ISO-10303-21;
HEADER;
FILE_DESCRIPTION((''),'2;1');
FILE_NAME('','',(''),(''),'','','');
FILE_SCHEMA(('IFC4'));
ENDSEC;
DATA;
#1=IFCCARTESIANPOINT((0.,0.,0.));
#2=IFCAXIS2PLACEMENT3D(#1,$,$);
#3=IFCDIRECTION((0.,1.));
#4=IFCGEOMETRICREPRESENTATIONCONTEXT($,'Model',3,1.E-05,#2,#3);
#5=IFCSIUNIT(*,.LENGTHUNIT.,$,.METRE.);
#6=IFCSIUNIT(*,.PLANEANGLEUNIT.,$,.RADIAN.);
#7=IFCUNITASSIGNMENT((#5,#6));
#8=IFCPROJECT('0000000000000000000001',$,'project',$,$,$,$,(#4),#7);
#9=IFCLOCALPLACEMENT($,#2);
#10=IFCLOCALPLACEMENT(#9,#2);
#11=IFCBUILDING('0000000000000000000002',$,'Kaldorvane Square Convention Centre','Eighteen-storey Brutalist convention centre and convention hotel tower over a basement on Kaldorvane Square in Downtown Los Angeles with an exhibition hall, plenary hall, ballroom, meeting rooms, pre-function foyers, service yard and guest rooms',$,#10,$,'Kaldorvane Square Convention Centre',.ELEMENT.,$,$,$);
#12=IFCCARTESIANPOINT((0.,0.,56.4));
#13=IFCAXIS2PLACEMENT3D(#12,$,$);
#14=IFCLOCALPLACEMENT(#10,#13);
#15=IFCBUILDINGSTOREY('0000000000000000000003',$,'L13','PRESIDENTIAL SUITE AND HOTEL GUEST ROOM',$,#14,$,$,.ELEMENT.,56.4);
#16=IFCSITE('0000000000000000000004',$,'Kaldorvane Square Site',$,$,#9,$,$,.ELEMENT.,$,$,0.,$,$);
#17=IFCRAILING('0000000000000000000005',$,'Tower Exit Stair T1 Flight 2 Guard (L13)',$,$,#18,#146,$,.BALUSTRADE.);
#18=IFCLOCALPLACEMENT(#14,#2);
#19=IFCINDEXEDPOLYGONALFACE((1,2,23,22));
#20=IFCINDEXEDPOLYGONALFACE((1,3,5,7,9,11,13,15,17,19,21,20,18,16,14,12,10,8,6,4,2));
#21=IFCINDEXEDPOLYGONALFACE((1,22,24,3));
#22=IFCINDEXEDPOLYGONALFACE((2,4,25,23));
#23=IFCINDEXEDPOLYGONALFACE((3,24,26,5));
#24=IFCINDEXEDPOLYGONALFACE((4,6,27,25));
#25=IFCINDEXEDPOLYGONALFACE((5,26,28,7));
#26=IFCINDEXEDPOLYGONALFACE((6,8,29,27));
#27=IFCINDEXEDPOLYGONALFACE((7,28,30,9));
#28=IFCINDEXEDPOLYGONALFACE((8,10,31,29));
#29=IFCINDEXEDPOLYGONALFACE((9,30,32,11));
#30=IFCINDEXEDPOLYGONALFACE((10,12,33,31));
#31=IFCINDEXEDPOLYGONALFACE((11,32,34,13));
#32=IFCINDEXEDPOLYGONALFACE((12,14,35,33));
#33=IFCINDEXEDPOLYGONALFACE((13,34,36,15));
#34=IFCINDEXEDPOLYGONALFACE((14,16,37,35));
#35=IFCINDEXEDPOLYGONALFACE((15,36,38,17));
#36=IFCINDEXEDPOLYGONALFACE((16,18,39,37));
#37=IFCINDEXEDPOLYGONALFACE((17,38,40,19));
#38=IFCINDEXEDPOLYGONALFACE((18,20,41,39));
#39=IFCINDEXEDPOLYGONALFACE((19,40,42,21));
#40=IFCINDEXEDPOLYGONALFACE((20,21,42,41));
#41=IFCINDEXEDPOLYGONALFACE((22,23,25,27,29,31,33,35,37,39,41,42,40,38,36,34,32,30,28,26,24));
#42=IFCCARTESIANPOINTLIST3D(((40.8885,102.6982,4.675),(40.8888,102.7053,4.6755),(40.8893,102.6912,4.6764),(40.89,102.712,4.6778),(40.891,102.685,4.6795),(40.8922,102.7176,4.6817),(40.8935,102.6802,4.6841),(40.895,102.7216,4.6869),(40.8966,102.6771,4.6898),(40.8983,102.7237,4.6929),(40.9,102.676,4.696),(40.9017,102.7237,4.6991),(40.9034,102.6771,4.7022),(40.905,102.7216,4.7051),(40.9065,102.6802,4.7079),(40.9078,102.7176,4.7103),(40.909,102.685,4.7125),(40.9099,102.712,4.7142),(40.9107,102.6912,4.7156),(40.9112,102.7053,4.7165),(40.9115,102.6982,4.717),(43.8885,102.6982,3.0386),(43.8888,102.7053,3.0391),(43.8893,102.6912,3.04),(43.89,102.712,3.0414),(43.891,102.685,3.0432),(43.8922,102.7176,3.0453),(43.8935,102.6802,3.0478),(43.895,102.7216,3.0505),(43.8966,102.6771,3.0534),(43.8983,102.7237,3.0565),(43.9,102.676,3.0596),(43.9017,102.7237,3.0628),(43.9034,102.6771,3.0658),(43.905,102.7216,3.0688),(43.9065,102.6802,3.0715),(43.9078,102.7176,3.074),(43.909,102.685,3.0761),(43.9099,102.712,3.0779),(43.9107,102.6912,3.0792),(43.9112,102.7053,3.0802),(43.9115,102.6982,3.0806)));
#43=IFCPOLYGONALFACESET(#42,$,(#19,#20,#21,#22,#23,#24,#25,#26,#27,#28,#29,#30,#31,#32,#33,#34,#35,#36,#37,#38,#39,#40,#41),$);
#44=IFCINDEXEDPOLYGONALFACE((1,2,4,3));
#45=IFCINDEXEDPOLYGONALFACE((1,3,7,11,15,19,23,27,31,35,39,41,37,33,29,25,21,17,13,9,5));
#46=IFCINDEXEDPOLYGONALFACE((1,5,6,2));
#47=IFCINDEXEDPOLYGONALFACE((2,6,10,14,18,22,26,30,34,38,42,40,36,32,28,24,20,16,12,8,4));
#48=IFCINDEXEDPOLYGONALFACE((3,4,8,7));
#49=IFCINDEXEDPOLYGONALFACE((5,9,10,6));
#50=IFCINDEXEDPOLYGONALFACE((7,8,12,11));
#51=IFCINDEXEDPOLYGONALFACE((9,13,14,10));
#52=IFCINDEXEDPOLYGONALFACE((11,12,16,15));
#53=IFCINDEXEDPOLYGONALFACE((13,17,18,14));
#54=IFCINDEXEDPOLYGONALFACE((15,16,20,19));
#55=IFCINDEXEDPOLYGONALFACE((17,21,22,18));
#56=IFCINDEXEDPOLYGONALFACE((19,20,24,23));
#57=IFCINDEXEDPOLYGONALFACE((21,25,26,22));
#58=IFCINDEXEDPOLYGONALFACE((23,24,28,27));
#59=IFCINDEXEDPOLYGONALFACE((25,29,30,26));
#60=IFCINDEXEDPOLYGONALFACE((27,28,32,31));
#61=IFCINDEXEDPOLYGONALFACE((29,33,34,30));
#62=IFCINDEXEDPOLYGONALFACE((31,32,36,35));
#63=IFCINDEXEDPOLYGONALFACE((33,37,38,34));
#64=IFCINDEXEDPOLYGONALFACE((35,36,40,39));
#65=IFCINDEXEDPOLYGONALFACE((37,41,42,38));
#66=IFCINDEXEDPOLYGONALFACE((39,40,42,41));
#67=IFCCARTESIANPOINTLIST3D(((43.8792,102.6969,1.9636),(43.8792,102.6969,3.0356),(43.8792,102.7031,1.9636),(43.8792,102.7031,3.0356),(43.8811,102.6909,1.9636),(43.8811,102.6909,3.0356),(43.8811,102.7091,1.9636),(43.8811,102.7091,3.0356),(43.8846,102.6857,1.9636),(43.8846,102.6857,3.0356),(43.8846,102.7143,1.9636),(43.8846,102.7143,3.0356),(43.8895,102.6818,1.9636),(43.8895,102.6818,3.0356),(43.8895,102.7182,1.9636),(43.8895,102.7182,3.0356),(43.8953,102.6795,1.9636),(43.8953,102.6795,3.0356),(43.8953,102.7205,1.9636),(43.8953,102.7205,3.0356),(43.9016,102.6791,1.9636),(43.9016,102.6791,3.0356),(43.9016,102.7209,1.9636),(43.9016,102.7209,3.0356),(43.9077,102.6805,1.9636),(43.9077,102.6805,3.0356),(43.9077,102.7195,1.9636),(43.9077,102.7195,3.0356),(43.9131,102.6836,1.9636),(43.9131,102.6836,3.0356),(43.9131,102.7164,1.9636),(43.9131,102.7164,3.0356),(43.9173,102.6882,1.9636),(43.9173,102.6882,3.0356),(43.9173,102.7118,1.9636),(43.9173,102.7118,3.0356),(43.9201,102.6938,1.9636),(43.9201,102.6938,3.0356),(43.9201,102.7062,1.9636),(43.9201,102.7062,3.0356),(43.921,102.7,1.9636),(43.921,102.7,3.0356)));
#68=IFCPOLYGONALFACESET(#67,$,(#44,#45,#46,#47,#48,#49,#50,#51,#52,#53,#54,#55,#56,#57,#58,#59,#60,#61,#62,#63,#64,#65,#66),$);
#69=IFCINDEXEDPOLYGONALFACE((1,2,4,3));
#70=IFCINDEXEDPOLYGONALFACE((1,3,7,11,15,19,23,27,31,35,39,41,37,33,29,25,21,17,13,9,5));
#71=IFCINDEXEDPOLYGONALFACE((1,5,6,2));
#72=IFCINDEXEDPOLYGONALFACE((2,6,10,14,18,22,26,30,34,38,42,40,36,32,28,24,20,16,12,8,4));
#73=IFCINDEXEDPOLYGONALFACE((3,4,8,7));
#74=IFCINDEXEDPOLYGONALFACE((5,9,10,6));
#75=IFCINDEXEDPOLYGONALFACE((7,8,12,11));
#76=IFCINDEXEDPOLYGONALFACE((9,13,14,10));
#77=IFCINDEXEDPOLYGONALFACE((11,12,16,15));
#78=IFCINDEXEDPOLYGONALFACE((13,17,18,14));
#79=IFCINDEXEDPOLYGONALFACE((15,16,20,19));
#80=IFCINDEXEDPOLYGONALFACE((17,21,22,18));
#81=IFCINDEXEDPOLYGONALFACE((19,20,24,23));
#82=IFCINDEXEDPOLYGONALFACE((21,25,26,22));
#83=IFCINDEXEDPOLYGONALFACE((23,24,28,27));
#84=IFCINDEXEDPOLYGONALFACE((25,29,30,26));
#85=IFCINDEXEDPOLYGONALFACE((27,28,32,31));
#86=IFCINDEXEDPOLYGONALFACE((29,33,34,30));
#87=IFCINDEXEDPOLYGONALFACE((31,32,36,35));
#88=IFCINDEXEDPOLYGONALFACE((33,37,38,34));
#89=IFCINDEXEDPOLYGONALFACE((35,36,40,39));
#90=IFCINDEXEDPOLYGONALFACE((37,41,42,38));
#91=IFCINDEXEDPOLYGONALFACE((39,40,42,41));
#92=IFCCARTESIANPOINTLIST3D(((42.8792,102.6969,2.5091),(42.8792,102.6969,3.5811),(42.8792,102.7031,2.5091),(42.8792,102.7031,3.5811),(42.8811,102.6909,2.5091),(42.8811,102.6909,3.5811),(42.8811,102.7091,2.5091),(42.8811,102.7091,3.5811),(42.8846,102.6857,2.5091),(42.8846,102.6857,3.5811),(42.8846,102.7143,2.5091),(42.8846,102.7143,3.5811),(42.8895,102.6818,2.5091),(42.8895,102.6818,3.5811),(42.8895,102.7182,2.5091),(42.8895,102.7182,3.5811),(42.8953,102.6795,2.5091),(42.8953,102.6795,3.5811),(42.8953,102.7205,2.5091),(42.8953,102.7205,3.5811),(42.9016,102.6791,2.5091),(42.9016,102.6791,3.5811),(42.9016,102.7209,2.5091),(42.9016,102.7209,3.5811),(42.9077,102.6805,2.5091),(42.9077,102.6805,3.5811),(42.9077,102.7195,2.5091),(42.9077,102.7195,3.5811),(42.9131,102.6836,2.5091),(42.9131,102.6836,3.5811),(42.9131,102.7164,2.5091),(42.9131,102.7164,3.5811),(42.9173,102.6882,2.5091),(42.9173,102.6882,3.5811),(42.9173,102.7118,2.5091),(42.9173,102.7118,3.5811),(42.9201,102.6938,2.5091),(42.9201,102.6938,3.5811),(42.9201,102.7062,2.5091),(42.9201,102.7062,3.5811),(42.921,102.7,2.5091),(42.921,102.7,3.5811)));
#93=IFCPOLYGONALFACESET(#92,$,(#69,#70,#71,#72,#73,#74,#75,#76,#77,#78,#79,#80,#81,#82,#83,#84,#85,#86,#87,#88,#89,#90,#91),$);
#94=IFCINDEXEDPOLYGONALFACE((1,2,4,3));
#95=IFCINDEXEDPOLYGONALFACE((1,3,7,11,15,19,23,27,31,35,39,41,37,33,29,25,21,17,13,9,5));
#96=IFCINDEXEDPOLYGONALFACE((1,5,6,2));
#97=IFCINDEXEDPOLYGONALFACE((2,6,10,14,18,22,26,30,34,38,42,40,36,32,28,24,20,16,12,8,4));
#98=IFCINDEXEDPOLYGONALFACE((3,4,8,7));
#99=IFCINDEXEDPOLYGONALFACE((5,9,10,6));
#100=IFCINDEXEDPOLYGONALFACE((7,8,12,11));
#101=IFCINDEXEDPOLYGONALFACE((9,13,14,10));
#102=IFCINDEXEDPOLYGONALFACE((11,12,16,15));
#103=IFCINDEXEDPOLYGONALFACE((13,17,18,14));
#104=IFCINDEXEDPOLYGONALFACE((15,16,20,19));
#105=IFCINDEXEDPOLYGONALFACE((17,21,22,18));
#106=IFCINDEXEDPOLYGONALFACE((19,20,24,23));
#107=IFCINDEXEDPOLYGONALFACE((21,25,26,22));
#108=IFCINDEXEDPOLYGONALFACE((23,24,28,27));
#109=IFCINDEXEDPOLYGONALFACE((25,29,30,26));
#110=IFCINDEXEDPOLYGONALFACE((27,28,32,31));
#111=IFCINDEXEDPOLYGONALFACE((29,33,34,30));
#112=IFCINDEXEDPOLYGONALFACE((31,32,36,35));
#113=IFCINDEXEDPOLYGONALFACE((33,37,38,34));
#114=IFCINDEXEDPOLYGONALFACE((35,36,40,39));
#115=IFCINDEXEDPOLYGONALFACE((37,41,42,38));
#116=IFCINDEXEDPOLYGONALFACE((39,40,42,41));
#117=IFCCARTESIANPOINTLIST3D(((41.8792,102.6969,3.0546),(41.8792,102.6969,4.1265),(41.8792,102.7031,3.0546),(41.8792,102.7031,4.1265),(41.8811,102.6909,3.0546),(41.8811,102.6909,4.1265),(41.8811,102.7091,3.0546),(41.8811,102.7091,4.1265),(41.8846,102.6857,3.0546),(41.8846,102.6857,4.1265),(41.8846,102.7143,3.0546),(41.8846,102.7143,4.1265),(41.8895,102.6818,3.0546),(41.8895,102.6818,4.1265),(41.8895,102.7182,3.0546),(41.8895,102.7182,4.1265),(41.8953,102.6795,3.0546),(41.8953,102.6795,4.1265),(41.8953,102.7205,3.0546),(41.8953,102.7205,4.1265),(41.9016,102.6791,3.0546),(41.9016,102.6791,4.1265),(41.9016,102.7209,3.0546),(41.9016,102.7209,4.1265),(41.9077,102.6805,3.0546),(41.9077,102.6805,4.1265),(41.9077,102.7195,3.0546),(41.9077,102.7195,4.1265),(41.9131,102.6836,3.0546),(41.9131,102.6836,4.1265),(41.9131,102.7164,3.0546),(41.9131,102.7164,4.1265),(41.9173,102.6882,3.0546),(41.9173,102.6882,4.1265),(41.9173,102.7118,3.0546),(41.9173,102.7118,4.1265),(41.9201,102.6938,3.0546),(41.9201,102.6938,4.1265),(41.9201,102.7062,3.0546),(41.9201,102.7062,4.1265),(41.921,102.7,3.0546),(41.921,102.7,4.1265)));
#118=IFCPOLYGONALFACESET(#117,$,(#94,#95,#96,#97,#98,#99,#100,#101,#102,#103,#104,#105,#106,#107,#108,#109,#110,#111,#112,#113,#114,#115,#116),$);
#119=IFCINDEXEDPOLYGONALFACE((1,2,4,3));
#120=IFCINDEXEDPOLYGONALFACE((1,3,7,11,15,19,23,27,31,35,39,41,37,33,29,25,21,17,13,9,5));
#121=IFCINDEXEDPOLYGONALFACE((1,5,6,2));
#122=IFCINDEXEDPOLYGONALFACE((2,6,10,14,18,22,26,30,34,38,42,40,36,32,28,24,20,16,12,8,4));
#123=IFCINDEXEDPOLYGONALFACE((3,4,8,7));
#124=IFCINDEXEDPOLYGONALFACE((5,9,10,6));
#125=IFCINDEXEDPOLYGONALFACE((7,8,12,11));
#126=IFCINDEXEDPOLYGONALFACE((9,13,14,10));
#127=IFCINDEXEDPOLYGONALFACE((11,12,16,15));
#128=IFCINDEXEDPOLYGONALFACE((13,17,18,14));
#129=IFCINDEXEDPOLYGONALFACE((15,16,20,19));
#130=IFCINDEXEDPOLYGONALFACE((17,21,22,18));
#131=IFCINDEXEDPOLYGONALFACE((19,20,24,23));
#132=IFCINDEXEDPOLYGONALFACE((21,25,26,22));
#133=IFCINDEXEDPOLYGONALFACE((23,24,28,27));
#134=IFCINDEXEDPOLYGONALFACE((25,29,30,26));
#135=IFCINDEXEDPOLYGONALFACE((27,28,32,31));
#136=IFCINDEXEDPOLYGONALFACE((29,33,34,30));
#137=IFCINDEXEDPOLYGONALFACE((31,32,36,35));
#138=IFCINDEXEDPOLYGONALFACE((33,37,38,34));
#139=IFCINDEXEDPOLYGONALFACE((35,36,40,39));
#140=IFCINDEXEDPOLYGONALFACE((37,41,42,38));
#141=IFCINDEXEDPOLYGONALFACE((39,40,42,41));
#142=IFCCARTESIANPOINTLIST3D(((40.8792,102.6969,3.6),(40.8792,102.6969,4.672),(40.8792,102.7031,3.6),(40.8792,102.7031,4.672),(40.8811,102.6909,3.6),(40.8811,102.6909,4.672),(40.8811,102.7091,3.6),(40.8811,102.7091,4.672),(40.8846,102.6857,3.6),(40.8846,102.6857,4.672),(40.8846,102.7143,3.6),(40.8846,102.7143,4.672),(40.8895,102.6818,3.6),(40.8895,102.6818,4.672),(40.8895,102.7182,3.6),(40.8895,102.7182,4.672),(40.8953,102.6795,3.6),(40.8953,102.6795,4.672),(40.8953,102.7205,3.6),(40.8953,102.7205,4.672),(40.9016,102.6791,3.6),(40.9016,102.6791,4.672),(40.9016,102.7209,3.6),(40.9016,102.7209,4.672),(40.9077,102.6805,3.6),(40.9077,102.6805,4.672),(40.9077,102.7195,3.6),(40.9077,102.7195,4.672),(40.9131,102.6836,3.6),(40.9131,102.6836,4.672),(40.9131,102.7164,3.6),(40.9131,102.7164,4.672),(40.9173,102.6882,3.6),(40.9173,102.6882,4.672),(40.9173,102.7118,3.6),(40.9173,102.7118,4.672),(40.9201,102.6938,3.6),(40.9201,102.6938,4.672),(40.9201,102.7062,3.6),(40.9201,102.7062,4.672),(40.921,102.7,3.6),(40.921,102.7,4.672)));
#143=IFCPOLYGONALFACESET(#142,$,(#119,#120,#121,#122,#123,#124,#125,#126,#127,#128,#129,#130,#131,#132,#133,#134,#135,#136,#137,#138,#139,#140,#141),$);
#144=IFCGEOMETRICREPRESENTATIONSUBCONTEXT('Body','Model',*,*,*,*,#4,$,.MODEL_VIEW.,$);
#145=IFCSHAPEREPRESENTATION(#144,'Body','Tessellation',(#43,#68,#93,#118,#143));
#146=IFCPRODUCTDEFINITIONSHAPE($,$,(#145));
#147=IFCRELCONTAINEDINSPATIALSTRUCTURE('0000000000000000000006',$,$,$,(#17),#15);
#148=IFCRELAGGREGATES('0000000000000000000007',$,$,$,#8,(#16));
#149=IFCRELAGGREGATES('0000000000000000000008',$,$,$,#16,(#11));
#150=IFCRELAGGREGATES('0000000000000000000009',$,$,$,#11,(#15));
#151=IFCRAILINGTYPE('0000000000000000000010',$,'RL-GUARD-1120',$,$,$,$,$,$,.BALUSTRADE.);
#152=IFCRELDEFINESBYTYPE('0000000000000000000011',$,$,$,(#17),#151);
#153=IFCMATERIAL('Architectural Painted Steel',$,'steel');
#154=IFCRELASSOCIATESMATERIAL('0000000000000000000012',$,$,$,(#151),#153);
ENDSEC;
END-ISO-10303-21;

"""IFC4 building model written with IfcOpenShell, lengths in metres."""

from ifc_helpers import new_model, si_unit, direction, frame, origin, origin_2d, place, context, subcontext, project, spatial, circle, extrude, material, type_object, element, save


model = new_model("IFC4")

# Units and contexts
model_context = context("Model", 3, precision=1e-05, world=origin(), true_north=direction((0.0, 1.0)))
body_context = subcontext(model_context, "Body", "Model", "MODEL_VIEW")
ifc_project = project(units=[si_unit("LENGTHUNIT", "METRE"), si_unit("PLANEANGLEUNIT", "RADIAN")], contexts=[model_context])

# Site, building, storey
site_placement = place(None, origin())
site = spatial("IfcSite", under=ifc_project, at=site_placement, Name="Kaldorvane Square Site", CompositionType="ELEMENT", RefElevation=0.0)
building_placement = place(site_placement, origin())
building = spatial("IfcBuilding", under=site, at=building_placement, Name="Kaldorvane Square Convention Centre", Description="Eighteen-storey Brutalist convention centre and convention hotel tower over a basement on Kaldorvane Square in Downtown Los Angeles with an exhibition hall, plenary hall, ballroom, meeting rooms, pre-function foyers, service yard and guest rooms", LongName="Kaldorvane Square Convention Centre", CompositionType="ELEMENT")
storey_placement = place(building_placement, frame((0.0, 0.0, 56.4)))
storey = spatial("IfcBuildingStorey", under=building, at=storey_placement, Name="L13", Description="PRESIDENTIAL SUITE AND HOTEL GUEST ROOM", CompositionType="ELEMENT", Elevation=56.4)

# Railing
ifc_material_1 = material(Name="Architectural Painted Steel", Category="steel")
railing_type_1 = type_object("IfcRailingType", Name="RL-GUARD-1120", PredefinedType="BALUSTRADE", material=ifc_material_1)
railing_1_placement = place(storey_placement, frame((43.9, 102.7, 1.9636)))
element("IfcRailing", 1, at=railing_1_placement, inside=storey, type_object=railing_type_1, Name="Tower Exit Stair T1 Flight 2 Guard (L13)", PredefinedType="BALUSTRADE", context=body_context, shape_type="SweptSolid", body=[
    extrude(circle(Radius=0.024, at=origin_2d()), frame((0.0, 0.0, 1.096), z_axis=(-0.877895, 0.0, 0.478853), x_axis=(0.0, -1.0, 0.0)), (0.0, 0.0, 1.0), 3.4173),
    extrude(circle(Radius=0.021, at=origin_2d()), origin(), (0.0, 0.0, 1.0), 1.072),
    extrude(circle(Radius=0.021, at=origin_2d()), frame((-1.0, 0.0, 0.5455)), (0.0, 0.0, 1.0), 1.072),
    extrude(circle(Radius=0.021, at=origin_2d()), frame((-2.0, 0.0, 1.0909)), (0.0, 0.0, 1.0), 1.072),
    extrude(circle(Radius=0.021, at=origin_2d()), frame((-3.0, 0.0, 1.6364)), (0.0, 0.0, 1.0), 1.072),
])

save(model, "model.ifc")
